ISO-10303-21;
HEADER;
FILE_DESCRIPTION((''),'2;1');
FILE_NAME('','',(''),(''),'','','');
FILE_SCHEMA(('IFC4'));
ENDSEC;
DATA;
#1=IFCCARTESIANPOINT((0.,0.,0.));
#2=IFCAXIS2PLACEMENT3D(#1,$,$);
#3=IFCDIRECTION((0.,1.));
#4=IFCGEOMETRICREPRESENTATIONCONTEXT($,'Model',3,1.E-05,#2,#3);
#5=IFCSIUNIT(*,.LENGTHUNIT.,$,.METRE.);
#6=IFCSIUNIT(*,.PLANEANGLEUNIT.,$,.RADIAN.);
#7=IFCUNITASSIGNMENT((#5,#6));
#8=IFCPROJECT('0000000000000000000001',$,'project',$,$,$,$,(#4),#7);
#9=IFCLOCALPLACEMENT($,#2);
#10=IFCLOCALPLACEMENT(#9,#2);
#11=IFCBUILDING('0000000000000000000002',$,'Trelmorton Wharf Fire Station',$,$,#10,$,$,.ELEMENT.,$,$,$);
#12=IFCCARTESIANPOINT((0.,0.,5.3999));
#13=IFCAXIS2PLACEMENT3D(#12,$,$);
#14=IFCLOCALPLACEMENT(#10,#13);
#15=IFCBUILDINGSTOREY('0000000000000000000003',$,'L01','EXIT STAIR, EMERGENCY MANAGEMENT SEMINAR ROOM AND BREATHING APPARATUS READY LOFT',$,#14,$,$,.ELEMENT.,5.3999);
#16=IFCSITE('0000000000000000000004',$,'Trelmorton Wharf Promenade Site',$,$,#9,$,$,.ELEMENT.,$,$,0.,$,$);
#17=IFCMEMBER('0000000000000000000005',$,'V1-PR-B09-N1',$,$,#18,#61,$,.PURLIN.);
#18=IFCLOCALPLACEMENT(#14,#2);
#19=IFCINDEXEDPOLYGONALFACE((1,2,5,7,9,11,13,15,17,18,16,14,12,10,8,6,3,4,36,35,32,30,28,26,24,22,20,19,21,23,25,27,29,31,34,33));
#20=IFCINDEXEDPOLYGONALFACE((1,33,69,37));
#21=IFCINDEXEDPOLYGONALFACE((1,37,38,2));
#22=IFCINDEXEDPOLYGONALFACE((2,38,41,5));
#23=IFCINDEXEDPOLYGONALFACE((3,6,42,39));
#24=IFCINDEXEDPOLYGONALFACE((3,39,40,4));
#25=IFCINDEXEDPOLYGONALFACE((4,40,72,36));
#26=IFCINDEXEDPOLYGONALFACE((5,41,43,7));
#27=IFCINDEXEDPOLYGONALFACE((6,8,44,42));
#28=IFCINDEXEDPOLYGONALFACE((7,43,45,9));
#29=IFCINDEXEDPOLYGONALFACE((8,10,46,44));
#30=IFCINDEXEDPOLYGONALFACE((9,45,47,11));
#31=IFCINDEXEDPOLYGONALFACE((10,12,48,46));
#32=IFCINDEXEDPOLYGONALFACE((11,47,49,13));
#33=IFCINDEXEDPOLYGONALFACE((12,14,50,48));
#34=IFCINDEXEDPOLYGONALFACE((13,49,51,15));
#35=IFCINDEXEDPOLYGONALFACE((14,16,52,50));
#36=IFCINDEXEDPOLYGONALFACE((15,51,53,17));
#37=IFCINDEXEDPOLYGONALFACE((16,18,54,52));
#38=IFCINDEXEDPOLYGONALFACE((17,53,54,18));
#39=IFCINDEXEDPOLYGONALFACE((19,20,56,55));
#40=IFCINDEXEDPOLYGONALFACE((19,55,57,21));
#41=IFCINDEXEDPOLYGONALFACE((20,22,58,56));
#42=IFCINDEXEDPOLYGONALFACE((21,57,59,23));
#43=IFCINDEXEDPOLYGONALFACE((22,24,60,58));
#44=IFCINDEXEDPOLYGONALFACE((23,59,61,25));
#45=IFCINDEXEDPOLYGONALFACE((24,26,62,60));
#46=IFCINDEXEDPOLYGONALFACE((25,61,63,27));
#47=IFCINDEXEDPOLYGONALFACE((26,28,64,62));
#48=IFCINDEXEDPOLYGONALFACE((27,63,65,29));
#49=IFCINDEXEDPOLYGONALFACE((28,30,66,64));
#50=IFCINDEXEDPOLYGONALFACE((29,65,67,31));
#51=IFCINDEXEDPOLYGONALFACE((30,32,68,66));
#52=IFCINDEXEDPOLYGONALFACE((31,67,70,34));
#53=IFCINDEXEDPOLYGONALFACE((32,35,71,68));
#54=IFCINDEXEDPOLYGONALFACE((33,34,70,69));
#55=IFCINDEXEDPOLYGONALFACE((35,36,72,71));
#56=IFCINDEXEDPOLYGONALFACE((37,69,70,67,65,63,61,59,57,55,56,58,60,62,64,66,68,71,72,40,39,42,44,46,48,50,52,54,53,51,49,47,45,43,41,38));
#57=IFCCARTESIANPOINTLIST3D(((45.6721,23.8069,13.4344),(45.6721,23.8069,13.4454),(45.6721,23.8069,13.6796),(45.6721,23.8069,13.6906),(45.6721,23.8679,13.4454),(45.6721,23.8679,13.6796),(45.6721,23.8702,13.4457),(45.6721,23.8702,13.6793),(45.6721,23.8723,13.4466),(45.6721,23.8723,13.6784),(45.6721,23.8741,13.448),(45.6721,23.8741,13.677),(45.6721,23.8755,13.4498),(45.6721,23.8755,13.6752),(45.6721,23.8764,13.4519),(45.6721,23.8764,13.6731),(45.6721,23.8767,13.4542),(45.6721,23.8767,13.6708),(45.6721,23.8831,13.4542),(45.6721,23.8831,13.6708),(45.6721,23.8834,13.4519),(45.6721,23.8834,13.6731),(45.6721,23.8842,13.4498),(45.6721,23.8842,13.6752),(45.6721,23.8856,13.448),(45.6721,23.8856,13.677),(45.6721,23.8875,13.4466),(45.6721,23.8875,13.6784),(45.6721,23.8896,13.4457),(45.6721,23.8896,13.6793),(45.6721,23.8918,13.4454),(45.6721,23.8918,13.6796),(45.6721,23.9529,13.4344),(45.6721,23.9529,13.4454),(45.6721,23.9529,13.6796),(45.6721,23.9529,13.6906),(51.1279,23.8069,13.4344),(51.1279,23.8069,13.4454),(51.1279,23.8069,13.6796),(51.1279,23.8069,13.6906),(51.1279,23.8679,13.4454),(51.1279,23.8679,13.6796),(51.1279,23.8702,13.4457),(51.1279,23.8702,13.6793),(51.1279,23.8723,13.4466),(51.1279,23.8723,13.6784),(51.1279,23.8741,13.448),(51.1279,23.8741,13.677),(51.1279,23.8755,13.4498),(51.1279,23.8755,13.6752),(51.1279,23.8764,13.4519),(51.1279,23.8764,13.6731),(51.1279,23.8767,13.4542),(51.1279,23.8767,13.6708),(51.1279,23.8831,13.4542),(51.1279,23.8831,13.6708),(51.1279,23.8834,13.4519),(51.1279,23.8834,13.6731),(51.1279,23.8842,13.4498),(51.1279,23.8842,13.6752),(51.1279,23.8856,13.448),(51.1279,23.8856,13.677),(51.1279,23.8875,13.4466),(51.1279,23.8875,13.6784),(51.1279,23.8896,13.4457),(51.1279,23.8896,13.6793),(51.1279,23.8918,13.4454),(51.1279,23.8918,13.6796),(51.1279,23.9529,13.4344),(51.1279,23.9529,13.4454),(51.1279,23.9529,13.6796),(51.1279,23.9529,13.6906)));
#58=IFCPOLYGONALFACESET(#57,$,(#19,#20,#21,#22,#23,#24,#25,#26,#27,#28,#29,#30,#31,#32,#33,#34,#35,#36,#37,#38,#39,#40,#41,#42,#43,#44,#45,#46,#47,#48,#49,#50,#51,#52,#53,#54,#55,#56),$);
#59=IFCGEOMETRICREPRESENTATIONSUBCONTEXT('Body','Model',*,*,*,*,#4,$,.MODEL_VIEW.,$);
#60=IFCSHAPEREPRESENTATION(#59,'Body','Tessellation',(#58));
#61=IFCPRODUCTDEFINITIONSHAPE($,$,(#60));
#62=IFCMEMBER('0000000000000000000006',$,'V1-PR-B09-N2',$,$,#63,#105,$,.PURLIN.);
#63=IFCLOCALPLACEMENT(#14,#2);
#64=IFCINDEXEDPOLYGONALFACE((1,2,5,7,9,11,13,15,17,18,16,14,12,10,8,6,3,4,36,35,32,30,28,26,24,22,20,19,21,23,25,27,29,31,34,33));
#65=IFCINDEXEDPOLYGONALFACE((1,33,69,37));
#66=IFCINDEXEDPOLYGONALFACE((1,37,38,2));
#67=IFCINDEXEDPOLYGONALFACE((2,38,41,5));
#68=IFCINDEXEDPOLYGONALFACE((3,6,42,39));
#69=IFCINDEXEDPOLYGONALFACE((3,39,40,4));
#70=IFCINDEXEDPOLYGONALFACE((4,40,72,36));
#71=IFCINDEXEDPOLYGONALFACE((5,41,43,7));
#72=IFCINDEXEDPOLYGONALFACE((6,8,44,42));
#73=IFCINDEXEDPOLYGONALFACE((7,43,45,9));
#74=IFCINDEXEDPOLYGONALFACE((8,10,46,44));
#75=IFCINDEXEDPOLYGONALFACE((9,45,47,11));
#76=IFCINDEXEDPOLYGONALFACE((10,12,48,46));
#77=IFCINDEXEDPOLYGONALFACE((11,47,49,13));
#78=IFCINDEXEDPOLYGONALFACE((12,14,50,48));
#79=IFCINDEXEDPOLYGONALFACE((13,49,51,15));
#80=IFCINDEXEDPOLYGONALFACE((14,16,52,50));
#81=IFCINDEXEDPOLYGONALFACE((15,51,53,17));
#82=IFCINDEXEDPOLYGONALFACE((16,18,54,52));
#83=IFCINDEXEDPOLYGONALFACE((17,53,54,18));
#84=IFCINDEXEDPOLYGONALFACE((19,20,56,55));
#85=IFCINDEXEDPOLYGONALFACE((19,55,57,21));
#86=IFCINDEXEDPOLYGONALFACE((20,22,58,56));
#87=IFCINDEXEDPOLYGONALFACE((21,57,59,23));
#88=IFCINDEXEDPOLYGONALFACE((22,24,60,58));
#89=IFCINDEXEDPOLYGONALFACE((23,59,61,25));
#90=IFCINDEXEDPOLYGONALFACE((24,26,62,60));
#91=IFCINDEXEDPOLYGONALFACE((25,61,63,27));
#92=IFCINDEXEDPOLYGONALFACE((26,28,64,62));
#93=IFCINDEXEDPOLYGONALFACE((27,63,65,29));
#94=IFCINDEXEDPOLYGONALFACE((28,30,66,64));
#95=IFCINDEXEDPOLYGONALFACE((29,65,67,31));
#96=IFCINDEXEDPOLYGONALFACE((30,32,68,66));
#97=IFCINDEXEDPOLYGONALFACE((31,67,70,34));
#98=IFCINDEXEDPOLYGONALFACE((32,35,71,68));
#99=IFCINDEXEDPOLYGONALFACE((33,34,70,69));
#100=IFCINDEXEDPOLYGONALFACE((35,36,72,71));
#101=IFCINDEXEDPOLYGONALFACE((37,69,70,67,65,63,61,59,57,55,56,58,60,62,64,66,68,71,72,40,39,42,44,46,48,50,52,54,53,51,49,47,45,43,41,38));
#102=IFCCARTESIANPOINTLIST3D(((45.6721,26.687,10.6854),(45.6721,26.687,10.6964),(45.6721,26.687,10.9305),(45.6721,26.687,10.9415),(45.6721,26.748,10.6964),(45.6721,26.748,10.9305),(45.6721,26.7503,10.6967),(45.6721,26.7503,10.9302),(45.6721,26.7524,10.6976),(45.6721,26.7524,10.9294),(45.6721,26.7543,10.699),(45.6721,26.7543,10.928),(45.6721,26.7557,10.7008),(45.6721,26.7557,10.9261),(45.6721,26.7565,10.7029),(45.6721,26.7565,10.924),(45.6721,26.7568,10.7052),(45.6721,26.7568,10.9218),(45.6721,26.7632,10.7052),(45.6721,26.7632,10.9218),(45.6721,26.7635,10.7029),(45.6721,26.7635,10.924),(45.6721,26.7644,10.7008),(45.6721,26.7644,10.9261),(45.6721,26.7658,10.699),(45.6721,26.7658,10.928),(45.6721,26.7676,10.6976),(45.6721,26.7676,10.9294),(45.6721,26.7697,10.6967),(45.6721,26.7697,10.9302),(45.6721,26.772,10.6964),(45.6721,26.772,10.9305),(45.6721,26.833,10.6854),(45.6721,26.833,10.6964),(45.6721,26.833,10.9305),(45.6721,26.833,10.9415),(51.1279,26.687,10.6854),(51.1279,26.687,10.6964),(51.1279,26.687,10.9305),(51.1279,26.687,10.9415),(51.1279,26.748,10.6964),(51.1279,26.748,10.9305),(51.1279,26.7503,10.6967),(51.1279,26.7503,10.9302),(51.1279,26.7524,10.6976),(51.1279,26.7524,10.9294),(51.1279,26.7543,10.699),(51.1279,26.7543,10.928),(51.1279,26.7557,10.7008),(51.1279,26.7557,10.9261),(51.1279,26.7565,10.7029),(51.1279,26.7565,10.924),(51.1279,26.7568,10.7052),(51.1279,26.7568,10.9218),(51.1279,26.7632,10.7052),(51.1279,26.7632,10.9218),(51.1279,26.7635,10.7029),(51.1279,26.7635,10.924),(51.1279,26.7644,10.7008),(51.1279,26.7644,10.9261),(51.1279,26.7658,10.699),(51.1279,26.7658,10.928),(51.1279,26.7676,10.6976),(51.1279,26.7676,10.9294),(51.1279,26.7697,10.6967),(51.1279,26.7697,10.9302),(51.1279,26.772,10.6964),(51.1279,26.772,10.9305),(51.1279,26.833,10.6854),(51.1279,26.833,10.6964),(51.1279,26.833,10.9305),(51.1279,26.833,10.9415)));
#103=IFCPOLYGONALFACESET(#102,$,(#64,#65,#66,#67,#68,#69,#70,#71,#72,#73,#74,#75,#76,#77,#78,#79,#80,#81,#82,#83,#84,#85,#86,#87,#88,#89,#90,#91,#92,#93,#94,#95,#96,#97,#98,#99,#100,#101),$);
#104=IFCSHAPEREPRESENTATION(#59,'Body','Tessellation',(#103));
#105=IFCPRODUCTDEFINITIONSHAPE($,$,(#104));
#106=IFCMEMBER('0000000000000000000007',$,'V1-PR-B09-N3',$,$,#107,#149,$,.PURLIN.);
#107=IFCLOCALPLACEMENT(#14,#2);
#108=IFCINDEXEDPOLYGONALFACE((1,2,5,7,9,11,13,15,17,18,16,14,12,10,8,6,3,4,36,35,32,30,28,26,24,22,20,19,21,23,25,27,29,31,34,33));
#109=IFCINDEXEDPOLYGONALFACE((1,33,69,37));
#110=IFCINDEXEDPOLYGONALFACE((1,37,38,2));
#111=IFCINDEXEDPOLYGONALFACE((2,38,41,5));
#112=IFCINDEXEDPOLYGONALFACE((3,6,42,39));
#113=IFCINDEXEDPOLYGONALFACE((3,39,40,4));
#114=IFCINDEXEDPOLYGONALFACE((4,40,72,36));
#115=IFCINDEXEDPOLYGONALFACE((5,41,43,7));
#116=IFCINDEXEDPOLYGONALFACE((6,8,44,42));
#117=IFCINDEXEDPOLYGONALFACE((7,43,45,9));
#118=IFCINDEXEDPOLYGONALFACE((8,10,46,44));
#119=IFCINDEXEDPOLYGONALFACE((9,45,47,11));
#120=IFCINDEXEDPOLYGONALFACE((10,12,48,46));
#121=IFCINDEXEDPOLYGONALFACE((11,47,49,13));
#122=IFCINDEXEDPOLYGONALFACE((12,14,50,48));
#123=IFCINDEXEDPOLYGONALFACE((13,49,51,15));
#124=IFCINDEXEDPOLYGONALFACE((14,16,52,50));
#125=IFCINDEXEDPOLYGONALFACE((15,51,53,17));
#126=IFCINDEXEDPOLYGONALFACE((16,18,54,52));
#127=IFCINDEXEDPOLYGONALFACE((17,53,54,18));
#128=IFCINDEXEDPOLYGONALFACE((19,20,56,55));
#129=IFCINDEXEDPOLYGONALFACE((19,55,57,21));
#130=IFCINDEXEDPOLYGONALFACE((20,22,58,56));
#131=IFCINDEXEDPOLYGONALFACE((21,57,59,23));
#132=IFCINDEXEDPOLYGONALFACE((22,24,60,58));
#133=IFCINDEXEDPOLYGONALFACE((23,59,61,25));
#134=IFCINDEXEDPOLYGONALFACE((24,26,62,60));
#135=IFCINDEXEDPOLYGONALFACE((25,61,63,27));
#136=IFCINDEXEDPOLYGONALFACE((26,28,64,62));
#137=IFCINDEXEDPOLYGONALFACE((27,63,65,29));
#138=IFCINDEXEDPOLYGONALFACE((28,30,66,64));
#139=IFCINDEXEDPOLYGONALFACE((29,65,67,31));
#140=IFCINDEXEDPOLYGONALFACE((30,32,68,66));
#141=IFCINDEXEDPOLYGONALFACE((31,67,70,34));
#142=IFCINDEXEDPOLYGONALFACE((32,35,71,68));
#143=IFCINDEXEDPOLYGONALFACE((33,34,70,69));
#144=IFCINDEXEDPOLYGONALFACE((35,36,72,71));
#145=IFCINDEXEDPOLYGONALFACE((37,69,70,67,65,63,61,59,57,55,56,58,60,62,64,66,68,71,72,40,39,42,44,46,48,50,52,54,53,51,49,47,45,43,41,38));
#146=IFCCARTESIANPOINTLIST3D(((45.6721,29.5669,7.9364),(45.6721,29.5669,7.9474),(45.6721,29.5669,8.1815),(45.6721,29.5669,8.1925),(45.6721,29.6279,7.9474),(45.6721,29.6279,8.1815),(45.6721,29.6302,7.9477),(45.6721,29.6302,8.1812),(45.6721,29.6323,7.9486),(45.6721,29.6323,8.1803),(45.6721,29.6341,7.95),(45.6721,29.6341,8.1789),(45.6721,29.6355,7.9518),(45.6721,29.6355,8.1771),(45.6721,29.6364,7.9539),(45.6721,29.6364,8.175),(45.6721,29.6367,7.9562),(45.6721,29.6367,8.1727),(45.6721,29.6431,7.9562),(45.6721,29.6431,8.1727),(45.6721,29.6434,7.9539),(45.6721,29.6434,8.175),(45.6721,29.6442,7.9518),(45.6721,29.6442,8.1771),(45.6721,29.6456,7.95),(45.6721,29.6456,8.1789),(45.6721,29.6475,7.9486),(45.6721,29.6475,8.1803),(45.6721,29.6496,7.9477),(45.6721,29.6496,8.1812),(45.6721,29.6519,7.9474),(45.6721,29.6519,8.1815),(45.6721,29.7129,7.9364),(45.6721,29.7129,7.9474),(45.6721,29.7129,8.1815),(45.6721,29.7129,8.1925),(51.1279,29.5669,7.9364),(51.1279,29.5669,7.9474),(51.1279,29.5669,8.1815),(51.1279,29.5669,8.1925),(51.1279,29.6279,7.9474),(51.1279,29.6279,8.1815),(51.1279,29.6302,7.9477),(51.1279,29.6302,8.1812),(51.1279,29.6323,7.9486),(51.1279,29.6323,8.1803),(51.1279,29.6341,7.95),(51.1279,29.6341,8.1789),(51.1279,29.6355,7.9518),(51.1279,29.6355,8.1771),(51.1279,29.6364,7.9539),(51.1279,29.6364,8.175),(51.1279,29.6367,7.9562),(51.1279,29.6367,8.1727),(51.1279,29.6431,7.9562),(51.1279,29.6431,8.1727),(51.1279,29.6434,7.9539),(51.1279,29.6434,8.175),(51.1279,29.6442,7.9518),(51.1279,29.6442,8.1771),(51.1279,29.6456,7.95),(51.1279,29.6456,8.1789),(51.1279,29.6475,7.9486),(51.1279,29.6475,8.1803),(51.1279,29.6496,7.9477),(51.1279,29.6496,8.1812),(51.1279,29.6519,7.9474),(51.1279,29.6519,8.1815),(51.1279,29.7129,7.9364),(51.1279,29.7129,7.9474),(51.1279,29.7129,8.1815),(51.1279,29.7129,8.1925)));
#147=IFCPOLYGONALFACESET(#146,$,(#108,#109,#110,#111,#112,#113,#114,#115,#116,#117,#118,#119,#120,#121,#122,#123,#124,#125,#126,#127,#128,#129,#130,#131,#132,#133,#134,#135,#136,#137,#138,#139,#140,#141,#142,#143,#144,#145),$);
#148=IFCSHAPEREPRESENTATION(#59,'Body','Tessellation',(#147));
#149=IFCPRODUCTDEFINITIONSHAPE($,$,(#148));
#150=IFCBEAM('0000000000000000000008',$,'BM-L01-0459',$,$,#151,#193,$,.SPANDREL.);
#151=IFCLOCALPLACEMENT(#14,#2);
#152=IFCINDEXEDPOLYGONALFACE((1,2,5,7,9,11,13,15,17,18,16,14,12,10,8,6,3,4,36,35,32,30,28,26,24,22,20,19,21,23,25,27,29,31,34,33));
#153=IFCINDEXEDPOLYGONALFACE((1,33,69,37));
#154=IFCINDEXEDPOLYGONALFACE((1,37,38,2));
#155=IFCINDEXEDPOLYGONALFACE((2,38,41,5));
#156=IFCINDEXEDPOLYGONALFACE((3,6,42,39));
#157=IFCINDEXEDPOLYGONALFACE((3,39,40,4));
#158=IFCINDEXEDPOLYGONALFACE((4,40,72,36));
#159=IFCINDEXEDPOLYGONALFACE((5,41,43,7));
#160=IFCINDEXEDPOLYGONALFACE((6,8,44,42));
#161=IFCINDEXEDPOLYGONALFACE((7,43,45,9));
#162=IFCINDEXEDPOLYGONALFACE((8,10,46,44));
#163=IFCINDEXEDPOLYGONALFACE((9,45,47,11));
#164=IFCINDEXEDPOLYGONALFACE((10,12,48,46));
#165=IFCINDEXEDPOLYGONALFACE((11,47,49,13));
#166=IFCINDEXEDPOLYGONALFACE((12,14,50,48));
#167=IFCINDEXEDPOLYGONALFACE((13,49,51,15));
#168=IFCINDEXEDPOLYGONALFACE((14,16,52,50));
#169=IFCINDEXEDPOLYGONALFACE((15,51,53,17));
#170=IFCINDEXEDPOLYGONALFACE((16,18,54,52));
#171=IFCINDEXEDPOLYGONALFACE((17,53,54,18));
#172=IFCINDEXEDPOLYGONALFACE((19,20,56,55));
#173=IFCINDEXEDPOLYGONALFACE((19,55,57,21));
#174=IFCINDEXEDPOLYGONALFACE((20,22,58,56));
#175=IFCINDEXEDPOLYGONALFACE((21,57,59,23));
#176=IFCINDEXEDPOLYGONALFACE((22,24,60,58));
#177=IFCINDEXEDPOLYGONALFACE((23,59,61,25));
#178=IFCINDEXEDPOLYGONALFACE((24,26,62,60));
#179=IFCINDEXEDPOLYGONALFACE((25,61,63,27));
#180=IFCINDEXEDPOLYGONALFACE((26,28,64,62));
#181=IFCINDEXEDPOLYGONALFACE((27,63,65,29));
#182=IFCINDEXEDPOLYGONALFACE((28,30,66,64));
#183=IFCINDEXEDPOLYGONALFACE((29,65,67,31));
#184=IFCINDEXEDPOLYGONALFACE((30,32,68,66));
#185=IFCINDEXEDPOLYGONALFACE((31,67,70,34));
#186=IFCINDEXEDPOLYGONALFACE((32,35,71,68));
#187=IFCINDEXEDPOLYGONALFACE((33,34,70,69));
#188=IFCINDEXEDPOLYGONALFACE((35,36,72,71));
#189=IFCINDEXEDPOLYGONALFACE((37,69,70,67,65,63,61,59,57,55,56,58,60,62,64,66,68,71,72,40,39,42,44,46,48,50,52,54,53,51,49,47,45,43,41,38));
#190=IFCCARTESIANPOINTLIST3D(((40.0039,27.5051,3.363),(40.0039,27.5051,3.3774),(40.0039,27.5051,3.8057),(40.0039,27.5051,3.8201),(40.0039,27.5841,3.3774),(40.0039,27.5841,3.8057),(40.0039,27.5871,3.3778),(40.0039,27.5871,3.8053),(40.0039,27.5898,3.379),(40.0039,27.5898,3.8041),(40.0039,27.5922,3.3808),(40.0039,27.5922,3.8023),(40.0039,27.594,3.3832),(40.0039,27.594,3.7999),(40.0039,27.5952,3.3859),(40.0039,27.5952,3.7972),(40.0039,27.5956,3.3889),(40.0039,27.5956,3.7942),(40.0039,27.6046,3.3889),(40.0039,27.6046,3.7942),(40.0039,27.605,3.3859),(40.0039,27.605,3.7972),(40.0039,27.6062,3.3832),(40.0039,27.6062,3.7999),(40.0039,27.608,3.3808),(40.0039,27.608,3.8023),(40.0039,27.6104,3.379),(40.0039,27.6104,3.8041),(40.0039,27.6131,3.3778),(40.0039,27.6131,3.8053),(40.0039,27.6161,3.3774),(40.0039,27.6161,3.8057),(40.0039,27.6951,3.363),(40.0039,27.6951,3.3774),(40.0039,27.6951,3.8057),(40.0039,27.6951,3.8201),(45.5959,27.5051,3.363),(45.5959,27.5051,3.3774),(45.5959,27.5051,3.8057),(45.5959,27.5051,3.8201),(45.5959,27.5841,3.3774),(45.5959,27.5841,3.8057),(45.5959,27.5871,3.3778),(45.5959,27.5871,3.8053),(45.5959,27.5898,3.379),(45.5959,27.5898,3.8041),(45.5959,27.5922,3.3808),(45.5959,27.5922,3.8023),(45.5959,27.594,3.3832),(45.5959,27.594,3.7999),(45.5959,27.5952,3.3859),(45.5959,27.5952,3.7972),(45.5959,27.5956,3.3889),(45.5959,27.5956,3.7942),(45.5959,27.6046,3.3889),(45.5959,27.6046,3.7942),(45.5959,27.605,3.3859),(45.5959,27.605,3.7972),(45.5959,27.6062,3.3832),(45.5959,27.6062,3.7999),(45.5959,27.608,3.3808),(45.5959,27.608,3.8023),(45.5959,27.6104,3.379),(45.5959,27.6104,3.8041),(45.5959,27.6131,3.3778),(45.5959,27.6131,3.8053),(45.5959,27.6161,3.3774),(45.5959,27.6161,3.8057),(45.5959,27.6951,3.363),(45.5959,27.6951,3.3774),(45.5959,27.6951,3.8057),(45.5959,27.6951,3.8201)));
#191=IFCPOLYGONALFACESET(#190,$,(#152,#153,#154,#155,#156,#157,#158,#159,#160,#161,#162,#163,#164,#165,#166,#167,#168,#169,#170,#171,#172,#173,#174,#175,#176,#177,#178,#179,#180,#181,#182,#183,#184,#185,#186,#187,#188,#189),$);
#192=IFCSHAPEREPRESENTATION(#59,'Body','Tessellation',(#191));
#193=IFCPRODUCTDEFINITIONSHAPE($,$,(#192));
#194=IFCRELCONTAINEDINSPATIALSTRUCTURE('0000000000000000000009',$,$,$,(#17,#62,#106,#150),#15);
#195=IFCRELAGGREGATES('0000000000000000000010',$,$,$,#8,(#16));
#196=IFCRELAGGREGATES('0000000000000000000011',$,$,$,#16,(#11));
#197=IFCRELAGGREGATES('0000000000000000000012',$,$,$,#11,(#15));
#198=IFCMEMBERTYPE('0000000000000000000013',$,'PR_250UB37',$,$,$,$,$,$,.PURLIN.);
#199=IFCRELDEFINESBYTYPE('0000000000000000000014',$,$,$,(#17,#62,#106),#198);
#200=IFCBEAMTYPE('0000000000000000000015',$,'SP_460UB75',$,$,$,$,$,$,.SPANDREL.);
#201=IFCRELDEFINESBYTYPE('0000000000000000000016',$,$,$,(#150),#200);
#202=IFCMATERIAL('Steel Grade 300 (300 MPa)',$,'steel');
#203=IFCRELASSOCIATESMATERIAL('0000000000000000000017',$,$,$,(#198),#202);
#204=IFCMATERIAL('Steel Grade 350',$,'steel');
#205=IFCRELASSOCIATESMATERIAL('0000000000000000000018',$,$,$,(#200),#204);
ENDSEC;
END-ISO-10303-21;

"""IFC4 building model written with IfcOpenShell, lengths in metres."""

from ifc_helpers import new_model, si_unit, direction, frame, origin, origin_2d, place, context, subcontext, project, spatial, i_section, extrude, material, material_profile, profile_set, type_object, element, save


model = new_model("IFC4")

# Units and contexts
model_context = context("Model", 3, precision=1e-05, world=origin(), true_north=direction((0.0, 1.0)))
body_context = subcontext(model_context, "Body", "Model", "MODEL_VIEW")
ifc_project = project(units=[si_unit("LENGTHUNIT", "METRE"), si_unit("PLANEANGLEUNIT", "RADIAN")], contexts=[model_context])

# Site, building, storey
site_placement = place(None, origin())
site = spatial("IfcSite", under=ifc_project, at=site_placement, Name="Trelmorton Wharf Promenade Site", CompositionType="ELEMENT", RefElevation=0.0)
building_placement = place(site_placement, origin())
building = spatial("IfcBuilding", under=site, at=building_placement, Name="Trelmorton Wharf Fire Station", CompositionType="ELEMENT")
storey_placement = place(building_placement, frame((0.0, 0.0, 5.3999)))
storey = spatial("IfcBuildingStorey", under=building, at=storey_placement, Name="L01", Description="EXIT STAIR, EMERGENCY MANAGEMENT SEMINAR ROOM AND BREATHING APPARATUS READY LOFT", CompositionType="ELEMENT", Elevation=5.3999)

# Shared definitions
ifc_material_1 = material(Name="Steel Grade 350", Category="steel")

# Members
ifc_material_2 = material(Name="Steel Grade 300 (300 MPa)", Category="steel")
ifc_material_profile_1 = material_profile(ifc_material_2, i_section(OverallWidth=0.146, OverallDepth=0.2561, WebThickness=0.0063, FlangeThickness=0.011, FilletRadius=0.0088, at=origin_2d()), Name="250UB37.3")
ifc_profile_set_1 = profile_set([ifc_material_profile_1], Name="Steel Grade 300 (300 MPa)")
member_type_1 = type_object("IfcMemberType", Name="PR_250UB37", PredefinedType="PURLIN", material=ifc_profile_set_1)
for number, where, z_axis, x_axis, name in (
    (1, (45.6721, 23.8799, 13.5625), (1.0, 0.0, 0.0), (0.0, 1.0, 0.0), "V1-PR-B09-N1"),
    (2, (45.6721, 26.76, 10.8135), (1.0, 0.0, 0.0), (0.0, 1.0, 0.0), "V1-PR-B09-N2"),
    (3, (45.6721, 29.6399, 8.0645), (1.0, 0.0, 0.0), (0.0, 1.0, 0.0), "V1-PR-B09-N3"),
):
    element("IfcMember", number, at=place(storey_placement, frame(where, z_axis=z_axis, x_axis=x_axis)), inside=storey, type_object=member_type_1, Name=name, PredefinedType="PURLIN", context=body_context, shape_type="SweptSolid", body=[
        extrude(i_section(OverallWidth=0.146, OverallDepth=0.2561, WebThickness=0.0063, FlangeThickness=0.011, FilletRadius=0.0088, at=origin_2d()), origin(), (0.0, 0.0, 1.0), 5.4558),
    ])

# Beam
ifc_material_profile_2 = material_profile(ifc_material_1, i_section(OverallWidth=0.1899, OverallDepth=0.457, WebThickness=0.009, FlangeThickness=0.0144, FilletRadius=0.0115, at=origin_2d()), Name="460UB74.6")
ifc_profile_set_2 = profile_set([ifc_material_profile_2], Name="Steel Grade 350")
beam_type = type_object("IfcBeamType", Name="SP_460UB75", PredefinedType="SPANDREL", material=ifc_profile_set_2)
for number, where, z_axis, x_axis, name in (
    (4, (40.0039, 27.6001, 3.5916), (1.0, 0.0, 0.0), (0.0, 1.0, 0.0), "BM-L01-0459"),
):
    element("IfcBeam", number, at=place(storey_placement, frame(where, z_axis=z_axis, x_axis=x_axis)), inside=storey, type_object=beam_type, Name=name, PredefinedType="SPANDREL", context=body_context, shape_type="SweptSolid", body=[
        extrude(i_section(OverallWidth=0.1899, OverallDepth=0.457, WebThickness=0.009, FlangeThickness=0.0144, FilletRadius=0.0115, at=origin_2d()), origin(), (0.0, 0.0, 1.0), 5.592),
    ])

save(model, "model.ifc")
